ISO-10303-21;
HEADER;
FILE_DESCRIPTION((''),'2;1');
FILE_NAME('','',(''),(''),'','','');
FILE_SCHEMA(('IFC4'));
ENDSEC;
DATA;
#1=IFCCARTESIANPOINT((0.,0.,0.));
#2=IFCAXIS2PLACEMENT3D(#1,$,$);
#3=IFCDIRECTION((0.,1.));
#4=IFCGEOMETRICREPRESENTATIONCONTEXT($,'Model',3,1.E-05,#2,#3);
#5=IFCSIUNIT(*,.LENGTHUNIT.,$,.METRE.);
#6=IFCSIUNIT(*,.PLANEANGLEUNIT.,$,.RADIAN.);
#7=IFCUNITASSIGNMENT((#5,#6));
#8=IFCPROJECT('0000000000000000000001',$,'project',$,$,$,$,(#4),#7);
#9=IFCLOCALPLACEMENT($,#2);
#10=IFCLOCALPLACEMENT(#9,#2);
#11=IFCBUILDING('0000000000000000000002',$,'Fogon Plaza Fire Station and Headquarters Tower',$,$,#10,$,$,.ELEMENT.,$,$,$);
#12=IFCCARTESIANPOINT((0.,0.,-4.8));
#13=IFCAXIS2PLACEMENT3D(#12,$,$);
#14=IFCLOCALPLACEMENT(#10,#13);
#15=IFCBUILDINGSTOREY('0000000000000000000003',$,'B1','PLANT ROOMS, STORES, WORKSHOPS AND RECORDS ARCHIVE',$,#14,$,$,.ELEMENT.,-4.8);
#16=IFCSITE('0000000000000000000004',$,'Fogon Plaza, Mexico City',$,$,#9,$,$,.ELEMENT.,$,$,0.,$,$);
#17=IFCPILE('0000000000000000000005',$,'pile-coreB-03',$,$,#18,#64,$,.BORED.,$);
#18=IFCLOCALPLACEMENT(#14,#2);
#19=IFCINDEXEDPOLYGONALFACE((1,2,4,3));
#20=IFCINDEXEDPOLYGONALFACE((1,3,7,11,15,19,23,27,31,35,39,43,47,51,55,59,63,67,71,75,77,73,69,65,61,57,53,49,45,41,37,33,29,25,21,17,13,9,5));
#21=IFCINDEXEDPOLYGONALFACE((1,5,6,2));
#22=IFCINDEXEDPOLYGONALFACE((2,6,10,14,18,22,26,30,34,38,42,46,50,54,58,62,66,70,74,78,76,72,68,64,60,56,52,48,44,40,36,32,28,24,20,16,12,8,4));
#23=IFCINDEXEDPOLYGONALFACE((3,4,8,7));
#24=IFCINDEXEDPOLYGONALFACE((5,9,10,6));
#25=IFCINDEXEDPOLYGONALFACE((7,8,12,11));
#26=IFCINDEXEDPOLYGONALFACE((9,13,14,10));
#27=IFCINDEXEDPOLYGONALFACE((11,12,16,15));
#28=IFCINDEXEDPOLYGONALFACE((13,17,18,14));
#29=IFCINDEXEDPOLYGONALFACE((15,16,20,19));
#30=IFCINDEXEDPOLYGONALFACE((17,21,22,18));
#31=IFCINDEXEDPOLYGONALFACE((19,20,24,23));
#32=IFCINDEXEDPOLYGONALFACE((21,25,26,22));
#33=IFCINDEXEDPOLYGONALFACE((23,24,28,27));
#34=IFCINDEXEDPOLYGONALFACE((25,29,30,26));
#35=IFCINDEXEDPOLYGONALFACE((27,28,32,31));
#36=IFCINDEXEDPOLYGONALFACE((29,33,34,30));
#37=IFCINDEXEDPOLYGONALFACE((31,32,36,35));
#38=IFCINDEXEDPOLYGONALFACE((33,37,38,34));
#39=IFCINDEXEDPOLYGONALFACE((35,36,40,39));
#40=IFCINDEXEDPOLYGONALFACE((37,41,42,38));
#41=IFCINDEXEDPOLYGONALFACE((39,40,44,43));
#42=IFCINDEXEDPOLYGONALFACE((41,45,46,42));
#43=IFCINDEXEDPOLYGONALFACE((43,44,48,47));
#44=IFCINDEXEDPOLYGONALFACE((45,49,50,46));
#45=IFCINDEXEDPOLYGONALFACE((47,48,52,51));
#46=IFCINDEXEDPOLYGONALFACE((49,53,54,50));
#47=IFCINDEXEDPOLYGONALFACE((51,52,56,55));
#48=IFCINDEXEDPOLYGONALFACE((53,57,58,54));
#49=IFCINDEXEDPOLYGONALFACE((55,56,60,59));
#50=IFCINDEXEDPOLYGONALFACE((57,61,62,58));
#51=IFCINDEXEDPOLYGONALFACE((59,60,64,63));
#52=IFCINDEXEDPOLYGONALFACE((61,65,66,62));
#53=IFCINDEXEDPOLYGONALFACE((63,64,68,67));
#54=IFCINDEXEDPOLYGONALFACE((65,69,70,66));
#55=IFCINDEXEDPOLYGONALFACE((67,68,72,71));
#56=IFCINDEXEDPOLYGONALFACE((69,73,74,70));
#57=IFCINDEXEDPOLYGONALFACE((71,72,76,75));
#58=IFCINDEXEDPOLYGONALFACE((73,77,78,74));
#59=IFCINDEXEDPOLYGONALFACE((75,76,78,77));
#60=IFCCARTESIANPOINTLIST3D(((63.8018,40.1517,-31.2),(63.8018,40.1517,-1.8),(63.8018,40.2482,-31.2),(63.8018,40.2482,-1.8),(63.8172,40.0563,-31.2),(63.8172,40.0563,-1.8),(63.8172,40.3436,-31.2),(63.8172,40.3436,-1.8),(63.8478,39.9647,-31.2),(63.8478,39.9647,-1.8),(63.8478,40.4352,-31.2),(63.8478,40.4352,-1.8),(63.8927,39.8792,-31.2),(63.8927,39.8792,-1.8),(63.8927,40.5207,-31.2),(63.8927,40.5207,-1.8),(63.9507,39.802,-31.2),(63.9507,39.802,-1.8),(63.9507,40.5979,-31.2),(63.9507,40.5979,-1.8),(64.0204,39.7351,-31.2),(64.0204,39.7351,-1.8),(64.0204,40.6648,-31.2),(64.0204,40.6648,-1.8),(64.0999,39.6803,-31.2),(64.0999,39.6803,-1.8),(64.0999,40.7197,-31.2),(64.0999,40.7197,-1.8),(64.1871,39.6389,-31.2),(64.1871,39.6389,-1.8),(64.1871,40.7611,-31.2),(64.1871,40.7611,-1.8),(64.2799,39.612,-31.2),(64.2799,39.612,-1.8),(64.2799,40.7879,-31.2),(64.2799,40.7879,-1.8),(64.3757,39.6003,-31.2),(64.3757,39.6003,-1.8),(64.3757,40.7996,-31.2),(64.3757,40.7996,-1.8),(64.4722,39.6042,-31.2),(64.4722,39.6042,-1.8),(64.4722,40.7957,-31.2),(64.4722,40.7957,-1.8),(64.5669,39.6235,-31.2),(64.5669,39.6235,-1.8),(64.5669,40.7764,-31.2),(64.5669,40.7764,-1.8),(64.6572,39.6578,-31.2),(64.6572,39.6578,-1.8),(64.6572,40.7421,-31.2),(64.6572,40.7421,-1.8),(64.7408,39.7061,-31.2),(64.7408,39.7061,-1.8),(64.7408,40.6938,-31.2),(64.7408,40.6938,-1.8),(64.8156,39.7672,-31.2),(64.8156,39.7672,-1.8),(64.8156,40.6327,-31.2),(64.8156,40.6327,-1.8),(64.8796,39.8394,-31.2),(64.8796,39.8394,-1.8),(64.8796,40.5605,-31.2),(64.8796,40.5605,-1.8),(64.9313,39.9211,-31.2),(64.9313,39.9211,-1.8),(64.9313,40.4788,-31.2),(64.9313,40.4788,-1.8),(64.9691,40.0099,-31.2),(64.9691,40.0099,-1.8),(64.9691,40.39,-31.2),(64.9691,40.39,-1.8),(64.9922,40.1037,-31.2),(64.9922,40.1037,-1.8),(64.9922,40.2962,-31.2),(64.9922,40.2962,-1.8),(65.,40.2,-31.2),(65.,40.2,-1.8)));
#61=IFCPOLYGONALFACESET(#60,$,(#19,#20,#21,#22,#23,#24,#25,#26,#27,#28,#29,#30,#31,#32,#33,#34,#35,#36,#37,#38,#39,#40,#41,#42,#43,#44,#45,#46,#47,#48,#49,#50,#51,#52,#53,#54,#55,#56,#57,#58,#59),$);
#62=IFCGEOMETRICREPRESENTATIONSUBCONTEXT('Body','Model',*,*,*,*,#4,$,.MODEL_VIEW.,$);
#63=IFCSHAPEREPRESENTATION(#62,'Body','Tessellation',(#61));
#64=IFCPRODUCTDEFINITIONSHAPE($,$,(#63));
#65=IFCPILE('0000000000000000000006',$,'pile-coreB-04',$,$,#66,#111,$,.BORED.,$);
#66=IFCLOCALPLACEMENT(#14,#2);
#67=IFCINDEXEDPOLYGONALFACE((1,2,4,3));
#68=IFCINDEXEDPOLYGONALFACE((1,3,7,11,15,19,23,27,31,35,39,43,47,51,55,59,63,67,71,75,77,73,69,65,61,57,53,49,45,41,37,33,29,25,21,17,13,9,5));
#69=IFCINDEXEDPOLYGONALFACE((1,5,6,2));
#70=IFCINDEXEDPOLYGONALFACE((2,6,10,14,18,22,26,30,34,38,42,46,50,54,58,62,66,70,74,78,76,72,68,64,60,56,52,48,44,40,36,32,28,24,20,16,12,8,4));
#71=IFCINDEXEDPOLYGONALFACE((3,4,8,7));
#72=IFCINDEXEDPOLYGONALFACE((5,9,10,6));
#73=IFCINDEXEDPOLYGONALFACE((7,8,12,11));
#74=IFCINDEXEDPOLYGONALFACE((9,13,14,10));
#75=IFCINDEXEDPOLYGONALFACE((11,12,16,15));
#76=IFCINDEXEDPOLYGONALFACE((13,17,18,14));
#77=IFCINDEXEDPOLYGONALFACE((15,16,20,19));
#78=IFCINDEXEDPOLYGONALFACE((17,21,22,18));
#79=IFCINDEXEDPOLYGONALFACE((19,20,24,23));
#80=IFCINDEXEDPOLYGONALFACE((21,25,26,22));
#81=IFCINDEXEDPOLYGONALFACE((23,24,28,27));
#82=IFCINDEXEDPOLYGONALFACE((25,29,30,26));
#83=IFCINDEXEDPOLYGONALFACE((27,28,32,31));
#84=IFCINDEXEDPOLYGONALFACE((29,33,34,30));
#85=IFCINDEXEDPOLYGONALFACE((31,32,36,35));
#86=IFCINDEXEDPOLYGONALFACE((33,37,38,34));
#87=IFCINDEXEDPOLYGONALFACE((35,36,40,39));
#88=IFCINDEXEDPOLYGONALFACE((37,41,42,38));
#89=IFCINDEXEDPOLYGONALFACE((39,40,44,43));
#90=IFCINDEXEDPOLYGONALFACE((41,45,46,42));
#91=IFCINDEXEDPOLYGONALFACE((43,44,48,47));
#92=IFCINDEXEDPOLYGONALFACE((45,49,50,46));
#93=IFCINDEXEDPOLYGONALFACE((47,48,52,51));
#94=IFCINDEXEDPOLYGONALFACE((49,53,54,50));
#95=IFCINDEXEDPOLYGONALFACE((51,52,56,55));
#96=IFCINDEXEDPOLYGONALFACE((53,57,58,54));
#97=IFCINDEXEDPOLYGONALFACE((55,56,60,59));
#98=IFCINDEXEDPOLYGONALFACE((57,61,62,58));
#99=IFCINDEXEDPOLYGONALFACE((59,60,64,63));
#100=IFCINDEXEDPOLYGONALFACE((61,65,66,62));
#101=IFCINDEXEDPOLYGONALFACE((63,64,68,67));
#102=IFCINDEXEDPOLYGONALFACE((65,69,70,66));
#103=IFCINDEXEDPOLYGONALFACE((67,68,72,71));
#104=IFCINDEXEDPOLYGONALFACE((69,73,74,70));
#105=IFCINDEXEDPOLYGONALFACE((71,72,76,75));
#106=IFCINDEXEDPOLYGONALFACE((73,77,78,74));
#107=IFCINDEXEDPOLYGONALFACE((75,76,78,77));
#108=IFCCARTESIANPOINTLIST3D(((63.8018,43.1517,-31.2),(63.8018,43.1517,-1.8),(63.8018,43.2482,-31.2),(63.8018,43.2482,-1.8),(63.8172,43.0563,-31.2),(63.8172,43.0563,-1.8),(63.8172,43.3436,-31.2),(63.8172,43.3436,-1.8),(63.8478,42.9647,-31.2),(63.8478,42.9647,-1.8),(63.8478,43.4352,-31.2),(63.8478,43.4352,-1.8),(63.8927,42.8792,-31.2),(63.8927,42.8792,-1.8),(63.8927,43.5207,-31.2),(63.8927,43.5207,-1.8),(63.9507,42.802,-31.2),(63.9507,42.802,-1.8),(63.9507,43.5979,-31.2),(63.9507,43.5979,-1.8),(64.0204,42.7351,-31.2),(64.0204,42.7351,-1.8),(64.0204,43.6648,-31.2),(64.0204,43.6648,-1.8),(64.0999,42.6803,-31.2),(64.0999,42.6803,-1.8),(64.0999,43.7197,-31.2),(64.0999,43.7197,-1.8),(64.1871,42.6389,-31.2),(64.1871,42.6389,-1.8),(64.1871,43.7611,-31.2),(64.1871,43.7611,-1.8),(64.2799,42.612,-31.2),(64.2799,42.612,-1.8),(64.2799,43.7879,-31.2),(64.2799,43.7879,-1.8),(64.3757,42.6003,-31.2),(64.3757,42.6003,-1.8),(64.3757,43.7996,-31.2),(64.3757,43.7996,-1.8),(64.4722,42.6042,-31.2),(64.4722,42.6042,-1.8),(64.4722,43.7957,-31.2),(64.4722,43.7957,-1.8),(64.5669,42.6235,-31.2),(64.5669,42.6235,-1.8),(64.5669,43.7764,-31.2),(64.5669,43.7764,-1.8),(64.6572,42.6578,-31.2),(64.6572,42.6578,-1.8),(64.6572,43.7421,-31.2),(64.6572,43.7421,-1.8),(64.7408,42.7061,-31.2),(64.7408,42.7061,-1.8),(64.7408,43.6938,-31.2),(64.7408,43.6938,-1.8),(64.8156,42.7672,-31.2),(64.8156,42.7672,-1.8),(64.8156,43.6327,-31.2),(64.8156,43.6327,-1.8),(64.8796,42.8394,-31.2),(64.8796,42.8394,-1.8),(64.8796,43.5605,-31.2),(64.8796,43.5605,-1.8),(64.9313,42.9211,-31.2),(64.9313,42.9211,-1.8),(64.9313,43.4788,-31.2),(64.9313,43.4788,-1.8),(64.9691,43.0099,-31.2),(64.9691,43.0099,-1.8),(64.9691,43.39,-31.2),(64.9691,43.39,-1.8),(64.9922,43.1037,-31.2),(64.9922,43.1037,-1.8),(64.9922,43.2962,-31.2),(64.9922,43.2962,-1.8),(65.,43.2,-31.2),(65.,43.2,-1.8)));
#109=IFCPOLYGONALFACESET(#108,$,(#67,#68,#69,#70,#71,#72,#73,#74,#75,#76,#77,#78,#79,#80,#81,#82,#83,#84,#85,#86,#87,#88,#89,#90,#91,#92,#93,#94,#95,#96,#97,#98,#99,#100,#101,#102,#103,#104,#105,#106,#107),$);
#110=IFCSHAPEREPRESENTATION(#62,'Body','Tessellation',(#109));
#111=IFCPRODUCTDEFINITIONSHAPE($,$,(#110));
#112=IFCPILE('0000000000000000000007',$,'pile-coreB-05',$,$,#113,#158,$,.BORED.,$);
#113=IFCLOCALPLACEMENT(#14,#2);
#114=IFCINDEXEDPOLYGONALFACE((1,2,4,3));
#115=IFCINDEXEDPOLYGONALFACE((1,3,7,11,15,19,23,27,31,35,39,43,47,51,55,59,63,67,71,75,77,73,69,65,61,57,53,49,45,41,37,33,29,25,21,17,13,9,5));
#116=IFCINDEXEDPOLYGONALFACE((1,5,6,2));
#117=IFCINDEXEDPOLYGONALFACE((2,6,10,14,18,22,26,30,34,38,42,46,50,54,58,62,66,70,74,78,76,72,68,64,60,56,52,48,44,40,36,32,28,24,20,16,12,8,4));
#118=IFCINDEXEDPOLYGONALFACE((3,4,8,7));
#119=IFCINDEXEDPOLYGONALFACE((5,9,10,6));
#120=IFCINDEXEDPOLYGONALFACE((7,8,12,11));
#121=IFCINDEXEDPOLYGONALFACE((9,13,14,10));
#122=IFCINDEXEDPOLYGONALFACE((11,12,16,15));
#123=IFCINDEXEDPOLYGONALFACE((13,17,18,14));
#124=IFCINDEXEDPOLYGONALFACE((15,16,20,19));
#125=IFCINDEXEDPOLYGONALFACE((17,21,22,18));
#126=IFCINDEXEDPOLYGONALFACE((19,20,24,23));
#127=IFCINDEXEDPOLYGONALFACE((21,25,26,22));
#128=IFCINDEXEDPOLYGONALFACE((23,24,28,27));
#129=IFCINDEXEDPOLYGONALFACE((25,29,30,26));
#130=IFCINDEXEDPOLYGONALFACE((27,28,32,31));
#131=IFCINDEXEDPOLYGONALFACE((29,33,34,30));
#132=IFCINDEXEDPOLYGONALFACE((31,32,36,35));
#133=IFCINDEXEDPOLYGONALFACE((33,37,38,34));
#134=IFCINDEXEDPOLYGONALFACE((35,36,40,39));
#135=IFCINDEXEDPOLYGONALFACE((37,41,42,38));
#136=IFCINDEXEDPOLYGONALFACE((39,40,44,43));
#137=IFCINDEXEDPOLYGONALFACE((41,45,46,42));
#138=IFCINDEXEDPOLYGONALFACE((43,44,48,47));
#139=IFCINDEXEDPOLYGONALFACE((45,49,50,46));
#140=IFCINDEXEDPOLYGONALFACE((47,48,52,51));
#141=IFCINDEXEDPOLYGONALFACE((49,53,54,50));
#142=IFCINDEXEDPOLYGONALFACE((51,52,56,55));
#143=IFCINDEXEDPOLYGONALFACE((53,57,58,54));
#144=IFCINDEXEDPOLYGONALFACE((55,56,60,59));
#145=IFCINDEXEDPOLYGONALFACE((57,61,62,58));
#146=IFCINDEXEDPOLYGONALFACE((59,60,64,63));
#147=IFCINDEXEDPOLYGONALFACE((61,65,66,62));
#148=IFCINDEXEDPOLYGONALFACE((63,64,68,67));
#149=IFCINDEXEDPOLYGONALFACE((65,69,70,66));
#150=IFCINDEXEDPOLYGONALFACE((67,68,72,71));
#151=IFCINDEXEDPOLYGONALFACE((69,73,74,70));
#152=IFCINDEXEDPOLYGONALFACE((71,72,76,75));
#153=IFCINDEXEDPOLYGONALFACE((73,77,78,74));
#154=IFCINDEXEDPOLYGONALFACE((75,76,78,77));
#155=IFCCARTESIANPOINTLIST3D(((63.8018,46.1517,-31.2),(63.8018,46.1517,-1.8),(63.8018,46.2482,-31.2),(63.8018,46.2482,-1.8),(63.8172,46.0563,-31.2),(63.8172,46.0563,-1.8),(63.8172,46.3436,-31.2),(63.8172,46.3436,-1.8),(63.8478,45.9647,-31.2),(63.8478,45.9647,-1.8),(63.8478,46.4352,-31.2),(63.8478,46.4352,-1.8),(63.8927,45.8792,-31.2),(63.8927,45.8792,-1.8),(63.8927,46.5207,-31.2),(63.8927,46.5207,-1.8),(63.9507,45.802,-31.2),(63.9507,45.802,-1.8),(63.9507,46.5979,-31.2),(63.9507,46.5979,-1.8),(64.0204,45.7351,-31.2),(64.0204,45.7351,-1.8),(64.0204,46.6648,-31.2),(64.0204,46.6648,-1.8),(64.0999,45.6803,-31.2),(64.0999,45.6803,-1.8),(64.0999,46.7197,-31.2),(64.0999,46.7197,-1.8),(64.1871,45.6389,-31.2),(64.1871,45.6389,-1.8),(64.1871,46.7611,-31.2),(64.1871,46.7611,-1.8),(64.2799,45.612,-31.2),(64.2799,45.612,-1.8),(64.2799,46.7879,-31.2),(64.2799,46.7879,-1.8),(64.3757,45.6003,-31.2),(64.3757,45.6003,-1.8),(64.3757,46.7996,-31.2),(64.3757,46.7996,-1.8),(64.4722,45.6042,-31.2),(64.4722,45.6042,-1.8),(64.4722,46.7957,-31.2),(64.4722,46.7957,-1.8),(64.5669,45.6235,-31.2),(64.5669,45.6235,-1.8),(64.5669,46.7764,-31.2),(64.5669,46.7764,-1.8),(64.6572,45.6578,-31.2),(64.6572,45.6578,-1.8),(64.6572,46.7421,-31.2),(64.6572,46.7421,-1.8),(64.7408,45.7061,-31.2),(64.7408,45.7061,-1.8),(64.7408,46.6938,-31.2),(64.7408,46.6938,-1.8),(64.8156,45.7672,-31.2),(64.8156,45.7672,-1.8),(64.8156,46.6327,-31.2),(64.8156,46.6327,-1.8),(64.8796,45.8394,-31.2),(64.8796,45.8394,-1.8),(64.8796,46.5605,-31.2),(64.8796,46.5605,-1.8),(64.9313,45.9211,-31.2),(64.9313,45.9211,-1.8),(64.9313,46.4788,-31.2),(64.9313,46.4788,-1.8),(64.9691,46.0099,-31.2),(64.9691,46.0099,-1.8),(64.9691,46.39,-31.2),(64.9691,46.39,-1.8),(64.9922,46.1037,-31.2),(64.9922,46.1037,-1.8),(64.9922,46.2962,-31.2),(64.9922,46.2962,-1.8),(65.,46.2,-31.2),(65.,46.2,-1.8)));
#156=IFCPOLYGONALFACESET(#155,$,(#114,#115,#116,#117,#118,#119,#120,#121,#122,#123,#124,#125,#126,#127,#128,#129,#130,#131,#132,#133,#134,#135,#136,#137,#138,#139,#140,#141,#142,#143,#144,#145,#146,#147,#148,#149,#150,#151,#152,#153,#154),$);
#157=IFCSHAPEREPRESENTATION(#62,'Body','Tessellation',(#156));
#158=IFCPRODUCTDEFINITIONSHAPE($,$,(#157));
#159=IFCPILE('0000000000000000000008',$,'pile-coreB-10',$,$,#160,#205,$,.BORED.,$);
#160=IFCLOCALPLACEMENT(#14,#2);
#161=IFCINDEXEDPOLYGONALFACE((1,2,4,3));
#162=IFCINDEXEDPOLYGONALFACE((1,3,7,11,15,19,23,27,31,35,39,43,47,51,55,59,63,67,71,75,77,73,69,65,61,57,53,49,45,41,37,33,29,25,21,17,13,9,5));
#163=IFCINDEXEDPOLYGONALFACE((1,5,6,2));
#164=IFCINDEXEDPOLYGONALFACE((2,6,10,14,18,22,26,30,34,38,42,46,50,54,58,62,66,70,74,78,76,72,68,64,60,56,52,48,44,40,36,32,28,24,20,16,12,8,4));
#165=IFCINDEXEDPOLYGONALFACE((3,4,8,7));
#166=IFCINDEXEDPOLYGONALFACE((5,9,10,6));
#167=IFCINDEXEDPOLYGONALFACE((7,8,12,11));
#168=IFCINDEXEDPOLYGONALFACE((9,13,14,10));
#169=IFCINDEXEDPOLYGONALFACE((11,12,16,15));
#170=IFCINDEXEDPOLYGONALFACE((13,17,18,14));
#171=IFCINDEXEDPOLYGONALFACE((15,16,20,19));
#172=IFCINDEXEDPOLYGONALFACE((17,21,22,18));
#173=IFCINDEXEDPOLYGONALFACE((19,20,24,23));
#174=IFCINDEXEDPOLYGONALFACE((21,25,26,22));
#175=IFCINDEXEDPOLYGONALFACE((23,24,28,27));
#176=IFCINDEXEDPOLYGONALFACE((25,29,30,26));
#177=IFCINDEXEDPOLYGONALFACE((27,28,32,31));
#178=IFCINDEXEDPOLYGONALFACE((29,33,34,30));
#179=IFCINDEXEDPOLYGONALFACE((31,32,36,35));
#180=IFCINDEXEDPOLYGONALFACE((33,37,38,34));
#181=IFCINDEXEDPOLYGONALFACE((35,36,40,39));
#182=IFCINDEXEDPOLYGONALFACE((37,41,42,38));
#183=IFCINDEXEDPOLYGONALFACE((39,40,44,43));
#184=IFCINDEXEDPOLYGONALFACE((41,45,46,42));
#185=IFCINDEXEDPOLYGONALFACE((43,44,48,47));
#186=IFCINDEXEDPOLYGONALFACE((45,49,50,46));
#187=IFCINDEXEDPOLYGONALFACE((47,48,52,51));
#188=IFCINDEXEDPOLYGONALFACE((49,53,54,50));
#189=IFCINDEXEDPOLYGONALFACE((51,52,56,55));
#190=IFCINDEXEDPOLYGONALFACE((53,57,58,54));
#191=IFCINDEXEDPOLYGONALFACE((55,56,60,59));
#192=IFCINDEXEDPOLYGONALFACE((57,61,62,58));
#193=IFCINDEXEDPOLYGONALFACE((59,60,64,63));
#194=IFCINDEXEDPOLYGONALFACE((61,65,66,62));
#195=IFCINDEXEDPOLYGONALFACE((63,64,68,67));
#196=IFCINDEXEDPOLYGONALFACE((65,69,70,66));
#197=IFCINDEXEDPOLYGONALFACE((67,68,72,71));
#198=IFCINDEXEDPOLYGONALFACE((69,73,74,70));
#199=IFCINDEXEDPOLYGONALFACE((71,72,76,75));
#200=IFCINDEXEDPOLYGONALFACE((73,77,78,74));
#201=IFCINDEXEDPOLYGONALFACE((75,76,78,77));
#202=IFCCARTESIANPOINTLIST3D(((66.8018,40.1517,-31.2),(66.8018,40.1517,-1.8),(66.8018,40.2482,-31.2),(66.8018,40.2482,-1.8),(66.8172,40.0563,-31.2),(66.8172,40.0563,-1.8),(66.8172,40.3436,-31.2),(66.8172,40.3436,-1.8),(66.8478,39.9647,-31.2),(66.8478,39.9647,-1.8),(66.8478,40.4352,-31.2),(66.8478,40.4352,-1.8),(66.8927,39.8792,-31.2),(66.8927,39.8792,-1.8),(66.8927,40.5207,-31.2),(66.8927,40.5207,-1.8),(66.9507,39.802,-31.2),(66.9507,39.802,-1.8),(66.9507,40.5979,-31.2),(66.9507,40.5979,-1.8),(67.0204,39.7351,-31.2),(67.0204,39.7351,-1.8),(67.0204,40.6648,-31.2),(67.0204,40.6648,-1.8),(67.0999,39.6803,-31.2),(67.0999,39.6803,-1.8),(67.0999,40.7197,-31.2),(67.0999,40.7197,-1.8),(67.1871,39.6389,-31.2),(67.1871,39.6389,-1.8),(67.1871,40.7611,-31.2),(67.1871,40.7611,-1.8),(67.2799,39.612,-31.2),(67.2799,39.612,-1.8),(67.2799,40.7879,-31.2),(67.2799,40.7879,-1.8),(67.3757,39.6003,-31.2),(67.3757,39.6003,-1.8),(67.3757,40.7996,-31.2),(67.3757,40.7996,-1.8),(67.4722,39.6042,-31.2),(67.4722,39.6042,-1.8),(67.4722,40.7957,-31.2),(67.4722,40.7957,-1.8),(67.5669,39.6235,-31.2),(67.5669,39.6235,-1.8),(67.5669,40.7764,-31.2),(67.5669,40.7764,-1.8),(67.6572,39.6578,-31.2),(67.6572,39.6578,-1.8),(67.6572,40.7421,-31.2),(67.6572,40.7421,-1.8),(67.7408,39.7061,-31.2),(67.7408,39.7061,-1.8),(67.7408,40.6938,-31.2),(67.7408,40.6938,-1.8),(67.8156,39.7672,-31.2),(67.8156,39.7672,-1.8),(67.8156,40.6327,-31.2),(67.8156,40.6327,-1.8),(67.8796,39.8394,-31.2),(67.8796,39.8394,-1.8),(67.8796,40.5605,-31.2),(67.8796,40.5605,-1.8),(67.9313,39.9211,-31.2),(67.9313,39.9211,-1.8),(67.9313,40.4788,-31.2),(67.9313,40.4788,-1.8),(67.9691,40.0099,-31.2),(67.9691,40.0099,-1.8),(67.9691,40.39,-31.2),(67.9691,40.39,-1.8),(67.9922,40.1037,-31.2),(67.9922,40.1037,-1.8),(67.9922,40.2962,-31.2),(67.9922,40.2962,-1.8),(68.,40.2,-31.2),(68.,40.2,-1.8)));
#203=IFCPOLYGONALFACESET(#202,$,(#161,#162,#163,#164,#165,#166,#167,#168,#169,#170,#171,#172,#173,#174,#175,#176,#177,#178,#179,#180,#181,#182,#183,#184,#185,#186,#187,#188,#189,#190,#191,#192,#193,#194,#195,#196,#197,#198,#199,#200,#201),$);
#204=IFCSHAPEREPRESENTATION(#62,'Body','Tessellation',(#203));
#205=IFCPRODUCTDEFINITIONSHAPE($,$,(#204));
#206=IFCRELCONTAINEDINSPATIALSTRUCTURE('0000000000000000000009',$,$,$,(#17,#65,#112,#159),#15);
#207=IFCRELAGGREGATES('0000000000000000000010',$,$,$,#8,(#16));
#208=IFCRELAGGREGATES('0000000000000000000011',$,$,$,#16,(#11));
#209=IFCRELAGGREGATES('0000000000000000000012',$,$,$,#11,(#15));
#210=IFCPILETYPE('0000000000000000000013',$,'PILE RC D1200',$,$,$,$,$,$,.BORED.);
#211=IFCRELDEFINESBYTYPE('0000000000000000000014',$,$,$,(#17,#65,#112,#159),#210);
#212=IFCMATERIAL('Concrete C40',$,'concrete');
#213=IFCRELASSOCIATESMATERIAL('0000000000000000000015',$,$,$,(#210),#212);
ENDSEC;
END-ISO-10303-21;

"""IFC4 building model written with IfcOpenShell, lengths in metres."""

from ifc_helpers import new_model, si_unit, direction, frame, origin, origin_2d, place, context, subcontext, project, spatial, circle, extrude, material, material_profile, profile_set, type_object, element, save


model = new_model("IFC4")

# Units and contexts
model_context = context("Model", 3, precision=1e-05, world=origin(), true_north=direction((0.0, 1.0)))
body_context = subcontext(model_context, "Body", "Model", "MODEL_VIEW")
ifc_project = project(units=[si_unit("LENGTHUNIT", "METRE"), si_unit("PLANEANGLEUNIT", "RADIAN")], contexts=[model_context])

# Site, building, storey
site_placement = place(None, origin())
site = spatial("IfcSite", under=ifc_project, at=site_placement, Name="Fogon Plaza, Mexico City", CompositionType="ELEMENT", RefElevation=0.0)
building_placement = place(site_placement, origin())
building = spatial("IfcBuilding", under=site, at=building_placement, Name="Fogon Plaza Fire Station and Headquarters Tower", CompositionType="ELEMENT")
storey_placement = place(building_placement, frame((0.0, 0.0, -4.8)))
storey = spatial("IfcBuildingStorey", under=building, at=storey_placement, Name="B1", Description="PLANT ROOMS, STORES, WORKSHOPS AND RECORDS ARCHIVE", CompositionType="ELEMENT", Elevation=-4.8)

# Piles
ifc_material_1 = material(Name="Concrete C40", Category="concrete")
ifc_material_profile = material_profile(ifc_material_1, circle(Radius=0.6001, at=origin_2d()), Name="RC D1200")
ifc_profile_set = profile_set([ifc_material_profile], Name="Concrete C40")
pile_type = type_object("IfcPileType", Name="PILE RC D1200", PredefinedType="BORED", material=ifc_profile_set)
for number, where, z_axis, x_axis, name in (
    (1, (64.3999, 40.2, -1.8), (0.0, 0.0, -1.0), (1.0, 0.0, 0.0), "pile-coreB-03"),
    (2, (64.3999, 43.2, -1.8), (0.0, 0.0, -1.0), (1.0, 0.0, 0.0), "pile-coreB-04"),
    (3, (64.3999, 46.2, -1.8), (0.0, 0.0, -1.0), (1.0, 0.0, 0.0), "pile-coreB-05"),
    (4, (67.3999, 40.2, -1.8), (0.0, 0.0, -1.0), (1.0, 0.0, 0.0), "pile-coreB-10"),
):
    element("IfcPile", number, at=place(storey_placement, frame(where, z_axis=z_axis, x_axis=x_axis)), inside=storey, type_object=pile_type, Name=name, PredefinedType="BORED", context=body_context, shape_type="SweptSolid", body=[
        extrude(circle(Radius=0.6001, at=origin_2d()), origin(), (0.0, 0.0, 1.0), 29.3999),
    ])

save(model, "model.ifc")
